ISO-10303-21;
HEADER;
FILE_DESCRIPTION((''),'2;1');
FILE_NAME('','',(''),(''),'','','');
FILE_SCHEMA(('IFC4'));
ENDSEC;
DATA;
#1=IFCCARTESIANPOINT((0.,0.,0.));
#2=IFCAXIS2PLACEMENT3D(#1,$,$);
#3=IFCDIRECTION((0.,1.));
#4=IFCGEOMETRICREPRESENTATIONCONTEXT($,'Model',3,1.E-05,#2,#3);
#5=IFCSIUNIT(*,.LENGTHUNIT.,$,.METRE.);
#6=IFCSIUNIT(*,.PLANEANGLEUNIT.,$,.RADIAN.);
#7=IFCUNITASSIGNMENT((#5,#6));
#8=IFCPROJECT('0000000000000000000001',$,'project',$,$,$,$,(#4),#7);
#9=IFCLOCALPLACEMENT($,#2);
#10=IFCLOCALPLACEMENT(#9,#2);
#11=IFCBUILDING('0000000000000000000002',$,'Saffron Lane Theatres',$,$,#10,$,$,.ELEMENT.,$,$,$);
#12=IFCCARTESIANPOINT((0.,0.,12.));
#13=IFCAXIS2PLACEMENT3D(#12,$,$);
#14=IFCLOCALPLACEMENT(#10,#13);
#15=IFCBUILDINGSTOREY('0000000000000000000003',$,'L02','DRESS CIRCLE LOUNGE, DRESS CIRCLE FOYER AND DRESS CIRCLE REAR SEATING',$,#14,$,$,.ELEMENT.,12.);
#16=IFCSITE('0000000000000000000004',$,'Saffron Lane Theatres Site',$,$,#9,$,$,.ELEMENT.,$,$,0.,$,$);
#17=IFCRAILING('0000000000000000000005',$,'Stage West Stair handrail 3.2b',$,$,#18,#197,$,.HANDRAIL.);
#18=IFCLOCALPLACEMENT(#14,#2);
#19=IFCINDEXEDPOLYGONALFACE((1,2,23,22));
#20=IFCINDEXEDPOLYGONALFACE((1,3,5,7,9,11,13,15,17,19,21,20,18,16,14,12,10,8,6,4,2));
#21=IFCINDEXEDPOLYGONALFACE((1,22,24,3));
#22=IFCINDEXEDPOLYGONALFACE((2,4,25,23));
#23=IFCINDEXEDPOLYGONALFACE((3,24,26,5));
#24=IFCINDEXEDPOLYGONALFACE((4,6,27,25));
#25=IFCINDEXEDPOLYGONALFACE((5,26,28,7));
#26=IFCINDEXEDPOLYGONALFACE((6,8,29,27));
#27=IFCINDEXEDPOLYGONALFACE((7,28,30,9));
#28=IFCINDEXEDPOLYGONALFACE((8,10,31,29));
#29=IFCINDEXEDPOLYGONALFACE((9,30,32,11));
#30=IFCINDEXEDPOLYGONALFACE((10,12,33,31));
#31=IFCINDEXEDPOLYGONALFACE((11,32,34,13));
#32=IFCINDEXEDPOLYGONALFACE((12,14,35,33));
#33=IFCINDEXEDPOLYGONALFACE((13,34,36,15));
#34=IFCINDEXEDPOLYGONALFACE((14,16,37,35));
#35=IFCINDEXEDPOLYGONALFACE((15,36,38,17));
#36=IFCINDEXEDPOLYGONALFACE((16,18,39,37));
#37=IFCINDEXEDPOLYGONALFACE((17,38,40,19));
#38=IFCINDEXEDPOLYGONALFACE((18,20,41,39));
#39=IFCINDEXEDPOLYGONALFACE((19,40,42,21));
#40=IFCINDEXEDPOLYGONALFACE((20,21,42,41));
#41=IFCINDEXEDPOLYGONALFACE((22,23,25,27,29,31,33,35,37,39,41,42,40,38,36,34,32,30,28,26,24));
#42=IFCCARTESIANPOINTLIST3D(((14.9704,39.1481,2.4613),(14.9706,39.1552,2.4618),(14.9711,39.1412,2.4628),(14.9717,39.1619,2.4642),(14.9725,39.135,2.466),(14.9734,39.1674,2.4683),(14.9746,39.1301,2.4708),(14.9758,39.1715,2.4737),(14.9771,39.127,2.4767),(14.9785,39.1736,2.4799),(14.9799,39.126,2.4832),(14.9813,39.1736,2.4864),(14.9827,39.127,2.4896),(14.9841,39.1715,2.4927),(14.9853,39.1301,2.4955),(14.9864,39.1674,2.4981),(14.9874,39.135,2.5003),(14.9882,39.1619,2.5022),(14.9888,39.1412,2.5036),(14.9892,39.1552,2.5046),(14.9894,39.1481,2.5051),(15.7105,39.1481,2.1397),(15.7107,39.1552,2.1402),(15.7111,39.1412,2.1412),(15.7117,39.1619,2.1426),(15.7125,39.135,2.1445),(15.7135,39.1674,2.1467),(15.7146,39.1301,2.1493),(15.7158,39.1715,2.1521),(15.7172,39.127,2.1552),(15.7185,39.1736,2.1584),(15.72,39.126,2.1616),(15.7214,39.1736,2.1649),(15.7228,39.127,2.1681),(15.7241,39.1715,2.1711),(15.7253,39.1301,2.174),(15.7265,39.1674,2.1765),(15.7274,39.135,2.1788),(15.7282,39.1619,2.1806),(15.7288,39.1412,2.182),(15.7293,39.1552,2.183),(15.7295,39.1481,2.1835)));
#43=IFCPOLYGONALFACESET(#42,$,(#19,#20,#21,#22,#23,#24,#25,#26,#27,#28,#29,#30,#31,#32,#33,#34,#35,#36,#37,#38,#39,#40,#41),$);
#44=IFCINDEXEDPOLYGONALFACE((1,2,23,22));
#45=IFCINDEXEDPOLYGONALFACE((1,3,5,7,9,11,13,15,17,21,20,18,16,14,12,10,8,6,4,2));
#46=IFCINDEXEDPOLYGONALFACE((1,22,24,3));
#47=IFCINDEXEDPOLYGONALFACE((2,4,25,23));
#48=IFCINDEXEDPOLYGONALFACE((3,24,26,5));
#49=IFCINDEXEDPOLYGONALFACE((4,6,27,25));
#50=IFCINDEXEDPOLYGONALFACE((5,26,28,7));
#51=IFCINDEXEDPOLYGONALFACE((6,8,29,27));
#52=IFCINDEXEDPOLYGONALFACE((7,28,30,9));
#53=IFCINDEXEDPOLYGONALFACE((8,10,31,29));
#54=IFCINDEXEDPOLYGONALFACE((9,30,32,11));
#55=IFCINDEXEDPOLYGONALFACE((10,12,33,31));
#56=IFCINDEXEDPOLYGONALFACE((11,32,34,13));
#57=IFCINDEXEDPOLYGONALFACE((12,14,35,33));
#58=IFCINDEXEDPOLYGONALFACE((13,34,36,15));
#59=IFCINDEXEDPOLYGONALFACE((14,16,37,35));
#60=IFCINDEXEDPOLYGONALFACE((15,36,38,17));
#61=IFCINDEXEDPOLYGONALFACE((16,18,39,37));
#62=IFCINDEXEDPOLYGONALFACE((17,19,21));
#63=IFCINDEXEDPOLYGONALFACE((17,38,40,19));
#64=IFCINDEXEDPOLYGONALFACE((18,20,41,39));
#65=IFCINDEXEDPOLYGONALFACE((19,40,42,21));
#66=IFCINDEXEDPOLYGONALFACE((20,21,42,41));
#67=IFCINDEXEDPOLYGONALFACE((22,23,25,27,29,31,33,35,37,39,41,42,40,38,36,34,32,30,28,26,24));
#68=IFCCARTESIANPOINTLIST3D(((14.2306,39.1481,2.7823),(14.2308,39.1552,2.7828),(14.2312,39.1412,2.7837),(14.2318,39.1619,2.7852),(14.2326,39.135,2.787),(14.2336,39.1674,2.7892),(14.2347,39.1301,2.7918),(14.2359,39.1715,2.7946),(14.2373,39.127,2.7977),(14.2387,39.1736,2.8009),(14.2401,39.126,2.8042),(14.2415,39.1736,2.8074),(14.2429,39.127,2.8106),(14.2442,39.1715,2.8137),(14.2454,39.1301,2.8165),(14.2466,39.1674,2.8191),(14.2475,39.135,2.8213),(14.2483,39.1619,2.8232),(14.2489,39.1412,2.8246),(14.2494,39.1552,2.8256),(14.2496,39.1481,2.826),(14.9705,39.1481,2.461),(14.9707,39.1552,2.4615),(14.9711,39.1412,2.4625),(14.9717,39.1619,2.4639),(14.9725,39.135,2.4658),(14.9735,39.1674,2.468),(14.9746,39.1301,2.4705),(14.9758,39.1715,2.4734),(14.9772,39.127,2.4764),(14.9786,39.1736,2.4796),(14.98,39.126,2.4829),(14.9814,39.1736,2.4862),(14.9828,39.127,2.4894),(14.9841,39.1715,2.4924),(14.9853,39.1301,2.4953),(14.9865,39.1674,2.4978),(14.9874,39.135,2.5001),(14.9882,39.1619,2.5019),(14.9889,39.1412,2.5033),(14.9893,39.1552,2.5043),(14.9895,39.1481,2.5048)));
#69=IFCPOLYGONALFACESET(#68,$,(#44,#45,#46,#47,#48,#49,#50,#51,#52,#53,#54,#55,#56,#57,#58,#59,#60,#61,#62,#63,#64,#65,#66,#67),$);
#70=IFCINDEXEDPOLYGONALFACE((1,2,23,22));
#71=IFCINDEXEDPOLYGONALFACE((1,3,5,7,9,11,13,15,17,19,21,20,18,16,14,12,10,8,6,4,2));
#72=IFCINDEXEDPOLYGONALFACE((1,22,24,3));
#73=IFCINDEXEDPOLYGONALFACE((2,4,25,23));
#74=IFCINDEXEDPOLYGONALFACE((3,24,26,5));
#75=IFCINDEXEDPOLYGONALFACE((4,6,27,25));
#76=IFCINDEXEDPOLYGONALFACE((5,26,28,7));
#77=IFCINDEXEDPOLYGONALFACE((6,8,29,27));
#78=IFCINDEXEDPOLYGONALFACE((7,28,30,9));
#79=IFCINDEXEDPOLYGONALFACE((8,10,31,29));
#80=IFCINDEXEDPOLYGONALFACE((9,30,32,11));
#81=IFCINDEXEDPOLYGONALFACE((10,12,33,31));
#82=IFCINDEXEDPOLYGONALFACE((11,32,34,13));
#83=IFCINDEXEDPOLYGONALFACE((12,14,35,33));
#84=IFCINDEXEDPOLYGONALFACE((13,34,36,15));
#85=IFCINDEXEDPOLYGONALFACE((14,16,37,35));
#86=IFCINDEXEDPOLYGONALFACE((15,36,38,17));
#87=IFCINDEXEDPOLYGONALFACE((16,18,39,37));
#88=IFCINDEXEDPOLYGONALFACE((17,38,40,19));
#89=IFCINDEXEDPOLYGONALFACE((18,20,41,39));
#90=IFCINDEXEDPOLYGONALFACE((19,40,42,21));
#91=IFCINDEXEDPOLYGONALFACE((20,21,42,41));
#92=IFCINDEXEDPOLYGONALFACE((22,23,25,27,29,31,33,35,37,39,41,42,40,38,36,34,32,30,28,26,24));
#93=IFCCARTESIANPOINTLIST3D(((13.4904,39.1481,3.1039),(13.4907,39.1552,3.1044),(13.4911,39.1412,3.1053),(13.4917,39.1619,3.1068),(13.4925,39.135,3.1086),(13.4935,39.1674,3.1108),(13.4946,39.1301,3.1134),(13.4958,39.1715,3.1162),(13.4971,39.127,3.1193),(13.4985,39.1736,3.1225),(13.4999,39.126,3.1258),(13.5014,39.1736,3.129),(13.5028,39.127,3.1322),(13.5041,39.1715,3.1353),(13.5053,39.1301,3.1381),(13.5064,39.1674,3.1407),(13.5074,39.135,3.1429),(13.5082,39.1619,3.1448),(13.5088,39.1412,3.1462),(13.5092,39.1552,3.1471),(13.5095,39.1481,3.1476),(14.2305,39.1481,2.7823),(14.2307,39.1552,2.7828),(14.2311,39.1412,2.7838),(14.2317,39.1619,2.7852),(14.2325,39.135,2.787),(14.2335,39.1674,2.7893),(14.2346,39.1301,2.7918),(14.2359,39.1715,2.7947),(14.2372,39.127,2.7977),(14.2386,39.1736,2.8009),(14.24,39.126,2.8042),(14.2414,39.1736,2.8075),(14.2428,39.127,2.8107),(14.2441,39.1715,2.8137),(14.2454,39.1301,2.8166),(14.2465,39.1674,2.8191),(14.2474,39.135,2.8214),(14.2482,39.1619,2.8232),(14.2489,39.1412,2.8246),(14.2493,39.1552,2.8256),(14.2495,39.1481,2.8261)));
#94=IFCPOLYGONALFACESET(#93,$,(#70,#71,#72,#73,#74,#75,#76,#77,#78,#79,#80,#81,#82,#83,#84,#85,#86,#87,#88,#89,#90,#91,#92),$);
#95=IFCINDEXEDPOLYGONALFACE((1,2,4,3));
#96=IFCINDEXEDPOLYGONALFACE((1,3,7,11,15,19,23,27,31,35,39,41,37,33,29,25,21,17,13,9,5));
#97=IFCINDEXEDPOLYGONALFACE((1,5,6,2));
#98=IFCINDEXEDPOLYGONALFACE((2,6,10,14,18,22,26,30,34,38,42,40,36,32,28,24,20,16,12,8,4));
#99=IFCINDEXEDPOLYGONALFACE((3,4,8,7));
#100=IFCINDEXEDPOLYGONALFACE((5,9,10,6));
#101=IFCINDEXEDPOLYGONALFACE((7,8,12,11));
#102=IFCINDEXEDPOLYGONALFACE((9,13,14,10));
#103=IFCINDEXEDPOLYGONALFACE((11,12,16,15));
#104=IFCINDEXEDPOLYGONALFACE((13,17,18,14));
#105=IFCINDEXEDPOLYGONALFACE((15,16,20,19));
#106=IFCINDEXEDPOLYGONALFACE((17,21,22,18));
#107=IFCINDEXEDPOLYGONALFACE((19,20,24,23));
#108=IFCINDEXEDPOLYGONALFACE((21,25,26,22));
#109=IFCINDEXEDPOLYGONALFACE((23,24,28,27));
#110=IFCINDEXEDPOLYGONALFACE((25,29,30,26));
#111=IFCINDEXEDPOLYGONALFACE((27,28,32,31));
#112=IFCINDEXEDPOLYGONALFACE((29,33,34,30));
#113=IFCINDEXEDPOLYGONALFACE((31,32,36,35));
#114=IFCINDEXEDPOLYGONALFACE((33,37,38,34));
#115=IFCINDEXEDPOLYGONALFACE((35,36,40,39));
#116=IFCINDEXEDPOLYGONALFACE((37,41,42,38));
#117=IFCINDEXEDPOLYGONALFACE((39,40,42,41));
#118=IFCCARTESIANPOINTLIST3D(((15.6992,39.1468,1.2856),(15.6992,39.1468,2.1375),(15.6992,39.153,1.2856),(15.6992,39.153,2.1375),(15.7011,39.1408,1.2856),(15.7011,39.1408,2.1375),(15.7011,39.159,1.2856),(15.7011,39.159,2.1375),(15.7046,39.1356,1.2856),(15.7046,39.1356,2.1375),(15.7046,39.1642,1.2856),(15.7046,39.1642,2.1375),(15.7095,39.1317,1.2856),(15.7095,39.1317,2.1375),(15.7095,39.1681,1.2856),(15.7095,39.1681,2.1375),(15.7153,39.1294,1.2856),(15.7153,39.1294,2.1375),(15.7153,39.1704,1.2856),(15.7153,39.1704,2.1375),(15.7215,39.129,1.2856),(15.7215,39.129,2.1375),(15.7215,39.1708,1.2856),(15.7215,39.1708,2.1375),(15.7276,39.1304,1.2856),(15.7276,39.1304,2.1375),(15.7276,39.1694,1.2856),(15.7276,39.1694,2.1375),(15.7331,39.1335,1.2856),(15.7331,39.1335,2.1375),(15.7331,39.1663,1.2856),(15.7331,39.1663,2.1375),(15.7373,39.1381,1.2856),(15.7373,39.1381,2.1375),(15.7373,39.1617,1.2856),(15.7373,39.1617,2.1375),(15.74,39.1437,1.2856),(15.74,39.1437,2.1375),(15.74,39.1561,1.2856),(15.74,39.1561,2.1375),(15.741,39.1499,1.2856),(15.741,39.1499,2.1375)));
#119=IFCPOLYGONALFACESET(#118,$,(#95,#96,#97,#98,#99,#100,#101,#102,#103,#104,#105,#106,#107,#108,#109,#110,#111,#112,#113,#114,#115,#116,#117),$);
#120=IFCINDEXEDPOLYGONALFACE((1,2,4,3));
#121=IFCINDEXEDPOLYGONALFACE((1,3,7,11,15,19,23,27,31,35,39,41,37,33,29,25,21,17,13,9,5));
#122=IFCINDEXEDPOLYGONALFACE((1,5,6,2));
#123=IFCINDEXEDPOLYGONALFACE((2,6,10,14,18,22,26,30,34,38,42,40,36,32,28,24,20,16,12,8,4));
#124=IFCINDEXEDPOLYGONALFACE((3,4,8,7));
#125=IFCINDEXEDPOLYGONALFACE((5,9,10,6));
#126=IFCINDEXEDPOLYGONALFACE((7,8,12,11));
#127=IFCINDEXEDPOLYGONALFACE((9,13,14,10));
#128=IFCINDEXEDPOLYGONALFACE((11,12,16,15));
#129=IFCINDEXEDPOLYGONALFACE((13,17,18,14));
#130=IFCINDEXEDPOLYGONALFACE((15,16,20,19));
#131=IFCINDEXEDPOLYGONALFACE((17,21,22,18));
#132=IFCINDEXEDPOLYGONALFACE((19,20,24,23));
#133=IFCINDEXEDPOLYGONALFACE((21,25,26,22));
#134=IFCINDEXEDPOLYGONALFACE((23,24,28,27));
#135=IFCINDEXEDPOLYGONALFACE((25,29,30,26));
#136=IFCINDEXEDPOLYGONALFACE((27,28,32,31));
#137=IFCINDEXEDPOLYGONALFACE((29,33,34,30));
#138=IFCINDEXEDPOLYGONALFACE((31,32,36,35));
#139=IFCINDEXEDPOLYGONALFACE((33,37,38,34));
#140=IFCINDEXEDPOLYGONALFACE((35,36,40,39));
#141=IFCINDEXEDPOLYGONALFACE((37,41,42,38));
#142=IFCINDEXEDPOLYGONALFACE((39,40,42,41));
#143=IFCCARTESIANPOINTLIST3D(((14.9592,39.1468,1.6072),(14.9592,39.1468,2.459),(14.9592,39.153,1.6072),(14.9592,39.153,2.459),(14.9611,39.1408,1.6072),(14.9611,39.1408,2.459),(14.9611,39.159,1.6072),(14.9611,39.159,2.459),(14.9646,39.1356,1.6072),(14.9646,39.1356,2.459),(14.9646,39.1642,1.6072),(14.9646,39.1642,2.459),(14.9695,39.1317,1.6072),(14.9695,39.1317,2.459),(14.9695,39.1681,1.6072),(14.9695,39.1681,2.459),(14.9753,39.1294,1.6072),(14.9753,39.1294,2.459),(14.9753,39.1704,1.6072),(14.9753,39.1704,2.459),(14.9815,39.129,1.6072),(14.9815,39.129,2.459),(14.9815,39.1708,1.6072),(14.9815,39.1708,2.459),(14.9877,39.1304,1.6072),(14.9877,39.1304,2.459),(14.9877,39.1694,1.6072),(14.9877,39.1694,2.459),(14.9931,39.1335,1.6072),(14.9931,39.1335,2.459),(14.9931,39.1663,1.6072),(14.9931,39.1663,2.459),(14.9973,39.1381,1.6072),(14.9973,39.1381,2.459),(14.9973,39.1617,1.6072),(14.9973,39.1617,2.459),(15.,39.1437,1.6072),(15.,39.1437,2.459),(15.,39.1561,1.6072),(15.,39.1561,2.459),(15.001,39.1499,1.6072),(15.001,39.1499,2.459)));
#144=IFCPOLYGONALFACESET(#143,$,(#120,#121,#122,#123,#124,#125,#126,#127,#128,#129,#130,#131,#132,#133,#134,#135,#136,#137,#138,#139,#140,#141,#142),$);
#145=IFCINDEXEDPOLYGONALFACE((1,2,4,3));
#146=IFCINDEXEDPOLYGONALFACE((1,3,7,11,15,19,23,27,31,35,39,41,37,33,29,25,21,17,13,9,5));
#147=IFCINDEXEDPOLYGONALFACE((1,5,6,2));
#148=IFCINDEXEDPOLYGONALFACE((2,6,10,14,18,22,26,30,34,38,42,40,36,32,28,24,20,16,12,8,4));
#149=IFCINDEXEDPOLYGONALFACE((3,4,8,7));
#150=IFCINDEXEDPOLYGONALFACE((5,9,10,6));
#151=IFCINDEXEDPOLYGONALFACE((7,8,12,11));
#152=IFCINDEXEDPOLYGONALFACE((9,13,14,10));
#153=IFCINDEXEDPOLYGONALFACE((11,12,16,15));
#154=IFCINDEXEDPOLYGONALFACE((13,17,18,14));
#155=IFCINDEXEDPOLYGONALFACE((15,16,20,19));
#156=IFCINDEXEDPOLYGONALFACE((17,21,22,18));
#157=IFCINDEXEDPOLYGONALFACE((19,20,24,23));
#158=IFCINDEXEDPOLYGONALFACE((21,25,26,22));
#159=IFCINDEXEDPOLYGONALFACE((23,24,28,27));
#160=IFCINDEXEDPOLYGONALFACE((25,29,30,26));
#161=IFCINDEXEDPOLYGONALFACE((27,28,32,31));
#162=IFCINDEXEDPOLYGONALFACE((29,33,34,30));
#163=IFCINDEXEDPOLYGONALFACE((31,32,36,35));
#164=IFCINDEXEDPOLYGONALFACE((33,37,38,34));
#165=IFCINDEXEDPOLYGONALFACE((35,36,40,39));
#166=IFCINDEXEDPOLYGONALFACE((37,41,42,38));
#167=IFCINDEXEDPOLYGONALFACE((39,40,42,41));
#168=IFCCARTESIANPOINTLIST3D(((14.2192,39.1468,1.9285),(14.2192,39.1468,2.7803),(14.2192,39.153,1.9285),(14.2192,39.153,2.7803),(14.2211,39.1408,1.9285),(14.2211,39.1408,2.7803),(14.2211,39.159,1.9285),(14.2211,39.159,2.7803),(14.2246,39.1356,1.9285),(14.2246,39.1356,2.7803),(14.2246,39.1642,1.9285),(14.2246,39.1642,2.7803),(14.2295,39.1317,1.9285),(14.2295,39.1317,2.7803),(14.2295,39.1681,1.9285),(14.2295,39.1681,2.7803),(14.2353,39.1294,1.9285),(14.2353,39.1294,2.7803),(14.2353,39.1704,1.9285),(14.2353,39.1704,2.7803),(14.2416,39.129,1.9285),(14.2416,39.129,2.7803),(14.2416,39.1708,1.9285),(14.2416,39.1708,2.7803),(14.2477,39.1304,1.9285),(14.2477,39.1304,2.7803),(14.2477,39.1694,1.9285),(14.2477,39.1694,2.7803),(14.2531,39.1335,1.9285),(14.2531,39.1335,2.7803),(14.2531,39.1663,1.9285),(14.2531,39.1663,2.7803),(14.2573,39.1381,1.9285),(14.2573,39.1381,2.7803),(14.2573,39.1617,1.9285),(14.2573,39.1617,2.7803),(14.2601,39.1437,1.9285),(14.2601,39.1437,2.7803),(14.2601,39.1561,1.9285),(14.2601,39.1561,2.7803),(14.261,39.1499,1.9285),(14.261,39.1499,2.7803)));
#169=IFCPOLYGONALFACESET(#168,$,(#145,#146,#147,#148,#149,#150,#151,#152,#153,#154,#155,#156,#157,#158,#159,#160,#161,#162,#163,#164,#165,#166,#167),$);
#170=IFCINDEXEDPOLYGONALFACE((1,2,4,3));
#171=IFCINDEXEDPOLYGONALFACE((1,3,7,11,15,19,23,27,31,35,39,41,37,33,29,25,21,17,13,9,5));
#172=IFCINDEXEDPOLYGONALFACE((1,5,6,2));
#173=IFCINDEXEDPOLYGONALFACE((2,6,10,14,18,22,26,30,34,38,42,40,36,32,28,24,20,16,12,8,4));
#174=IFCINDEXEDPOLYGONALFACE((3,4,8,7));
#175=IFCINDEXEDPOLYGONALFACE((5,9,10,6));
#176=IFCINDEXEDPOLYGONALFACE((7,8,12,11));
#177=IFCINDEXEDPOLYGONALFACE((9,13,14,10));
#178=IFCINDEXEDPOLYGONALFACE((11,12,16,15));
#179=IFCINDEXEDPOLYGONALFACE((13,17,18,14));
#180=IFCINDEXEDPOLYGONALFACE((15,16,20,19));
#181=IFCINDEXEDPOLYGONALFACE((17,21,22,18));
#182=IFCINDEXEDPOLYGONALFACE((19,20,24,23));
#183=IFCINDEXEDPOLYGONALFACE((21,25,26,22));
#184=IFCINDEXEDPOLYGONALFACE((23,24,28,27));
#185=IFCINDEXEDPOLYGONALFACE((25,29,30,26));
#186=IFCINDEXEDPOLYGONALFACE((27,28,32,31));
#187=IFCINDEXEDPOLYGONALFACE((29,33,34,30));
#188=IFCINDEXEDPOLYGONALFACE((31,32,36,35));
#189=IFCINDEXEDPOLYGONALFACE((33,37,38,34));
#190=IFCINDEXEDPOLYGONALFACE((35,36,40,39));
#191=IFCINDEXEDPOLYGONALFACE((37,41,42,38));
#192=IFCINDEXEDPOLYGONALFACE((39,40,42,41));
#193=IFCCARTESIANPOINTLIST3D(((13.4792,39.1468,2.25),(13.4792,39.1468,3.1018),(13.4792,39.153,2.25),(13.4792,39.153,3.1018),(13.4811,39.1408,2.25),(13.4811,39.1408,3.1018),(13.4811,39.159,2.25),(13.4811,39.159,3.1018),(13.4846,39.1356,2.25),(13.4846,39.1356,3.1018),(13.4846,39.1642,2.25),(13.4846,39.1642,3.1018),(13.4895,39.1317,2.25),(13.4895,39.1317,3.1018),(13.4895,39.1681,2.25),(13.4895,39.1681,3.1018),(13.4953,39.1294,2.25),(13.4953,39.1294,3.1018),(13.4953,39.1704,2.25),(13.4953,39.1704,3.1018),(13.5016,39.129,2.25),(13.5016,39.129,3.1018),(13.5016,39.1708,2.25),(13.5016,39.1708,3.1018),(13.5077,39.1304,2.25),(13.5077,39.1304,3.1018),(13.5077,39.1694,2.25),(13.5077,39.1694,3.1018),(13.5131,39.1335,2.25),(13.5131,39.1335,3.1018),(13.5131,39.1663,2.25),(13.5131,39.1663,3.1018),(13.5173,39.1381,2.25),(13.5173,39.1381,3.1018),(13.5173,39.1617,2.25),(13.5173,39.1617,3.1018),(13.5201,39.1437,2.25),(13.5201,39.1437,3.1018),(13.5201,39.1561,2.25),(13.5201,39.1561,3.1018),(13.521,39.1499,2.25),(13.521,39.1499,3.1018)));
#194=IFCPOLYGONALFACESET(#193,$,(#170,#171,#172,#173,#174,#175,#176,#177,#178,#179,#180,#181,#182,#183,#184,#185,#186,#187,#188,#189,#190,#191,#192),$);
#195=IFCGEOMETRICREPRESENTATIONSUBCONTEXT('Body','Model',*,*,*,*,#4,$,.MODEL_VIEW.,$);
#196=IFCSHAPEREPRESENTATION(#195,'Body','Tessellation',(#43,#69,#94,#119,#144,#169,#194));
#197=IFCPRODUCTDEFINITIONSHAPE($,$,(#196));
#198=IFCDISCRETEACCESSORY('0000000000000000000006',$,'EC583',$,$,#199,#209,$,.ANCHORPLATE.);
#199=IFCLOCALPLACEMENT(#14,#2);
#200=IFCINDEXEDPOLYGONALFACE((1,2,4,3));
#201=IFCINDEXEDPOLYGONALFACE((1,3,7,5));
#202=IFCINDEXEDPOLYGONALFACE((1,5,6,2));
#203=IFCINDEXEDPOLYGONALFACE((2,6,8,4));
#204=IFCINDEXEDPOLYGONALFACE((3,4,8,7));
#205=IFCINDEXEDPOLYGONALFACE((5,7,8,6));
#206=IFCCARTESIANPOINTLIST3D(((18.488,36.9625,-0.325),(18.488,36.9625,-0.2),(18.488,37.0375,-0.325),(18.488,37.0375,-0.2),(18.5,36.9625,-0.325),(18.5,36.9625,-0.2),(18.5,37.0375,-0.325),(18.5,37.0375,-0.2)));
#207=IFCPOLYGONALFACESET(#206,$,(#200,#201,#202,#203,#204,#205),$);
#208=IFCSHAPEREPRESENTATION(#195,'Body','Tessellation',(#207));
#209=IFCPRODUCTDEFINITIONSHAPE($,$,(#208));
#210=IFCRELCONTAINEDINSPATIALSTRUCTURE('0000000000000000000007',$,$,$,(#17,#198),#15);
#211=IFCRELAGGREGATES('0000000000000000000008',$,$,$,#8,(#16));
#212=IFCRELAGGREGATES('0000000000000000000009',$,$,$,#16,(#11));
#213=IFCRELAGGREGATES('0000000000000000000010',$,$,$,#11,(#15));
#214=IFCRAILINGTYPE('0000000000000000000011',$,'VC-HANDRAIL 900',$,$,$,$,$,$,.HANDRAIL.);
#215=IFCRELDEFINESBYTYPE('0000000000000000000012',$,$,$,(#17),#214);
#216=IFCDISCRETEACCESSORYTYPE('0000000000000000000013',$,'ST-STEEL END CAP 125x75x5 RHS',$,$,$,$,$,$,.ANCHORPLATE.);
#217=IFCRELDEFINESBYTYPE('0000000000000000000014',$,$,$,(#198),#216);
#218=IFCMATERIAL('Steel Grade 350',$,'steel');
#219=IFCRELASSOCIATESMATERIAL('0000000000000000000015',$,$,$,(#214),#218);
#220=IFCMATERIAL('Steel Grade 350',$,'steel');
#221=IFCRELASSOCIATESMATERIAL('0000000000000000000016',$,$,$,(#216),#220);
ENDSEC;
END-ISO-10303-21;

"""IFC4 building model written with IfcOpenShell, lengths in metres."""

from ifc_helpers import new_model, si_unit, direction, frame, origin, origin_2d, place, context, subcontext, project, spatial, rectangle, circle, extrude, material, material_profile, profile_set, type_object, element, save


model = new_model("IFC4")

# Units and contexts
model_context = context("Model", 3, precision=1e-05, world=origin(), true_north=direction((0.0, 1.0)))
body_context = subcontext(model_context, "Body", "Model", "MODEL_VIEW")
ifc_project = project(units=[si_unit("LENGTHUNIT", "METRE"), si_unit("PLANEANGLEUNIT", "RADIAN")], contexts=[model_context])

# Site, building, storey
site_placement = place(None, origin())
site = spatial("IfcSite", under=ifc_project, at=site_placement, Name="Saffron Lane Theatres Site", CompositionType="ELEMENT", RefElevation=0.0)
building_placement = place(site_placement, origin())
building = spatial("IfcBuilding", under=site, at=building_placement, Name="Saffron Lane Theatres", CompositionType="ELEMENT")
storey_placement = place(building_placement, frame((0.0, 0.0, 12.0)))
storey = spatial("IfcBuildingStorey", under=building, at=storey_placement, Name="L02", Description="DRESS CIRCLE LOUNGE, DRESS CIRCLE FOYER AND DRESS CIRCLE REAR SEATING", CompositionType="ELEMENT", Elevation=12.0)

# Railing
ifc_material_1 = material(Name="Steel Grade 350", Category="steel")
railing_type_1 = type_object("IfcRailingType", Name="VC-HANDRAIL 900", PredefinedType="HANDRAIL", material=ifc_material_1)
for number, where, name in (
    (1, (15.72, 39.1499, 1.2856), "Stage West Stair handrail 3.2b"),
):
    element("IfcRailing", number, at=place(storey_placement, frame(where)), inside=storey, type_object=railing_type_1, Name=name, PredefinedType="HANDRAIL", context=body_context, shape_type="SweptSolid", body=[
        extrude(circle(Radius=0.0239, at=origin_2d()), frame((0.0, 0.0, 0.876), z_axis=(-0.917161, 0.0, 0.398516), x_axis=(0.0, -1.0, 0.0)), (0.0, 0.0, 1.0), 0.8069),
        extrude(circle(Radius=0.0239, at=origin_2d()), frame((-0.74, 0.0, 1.1973), z_axis=(-0.917272, 0.0, 0.398261), x_axis=(0.0, -1.0, 0.0)), (0.0, 0.0, 1.0), 0.8066),
        extrude(circle(Radius=0.0239, at=origin_2d()), frame((-1.48, 0.0, 1.5186), z_axis=(-0.917161, 0.0, 0.398516), x_axis=(0.0, -1.0, 0.0)), (0.0, 0.0, 1.0), 0.8069),
        extrude(circle(Radius=0.021, at=origin_2d()), origin(), (0.0, 0.0, 1.0), 0.8518),
        extrude(circle(Radius=0.021, at=origin_2d()), frame((-0.74, 0.0, 0.3215)), (0.0, 0.0, 1.0), 0.8518),
        extrude(circle(Radius=0.021, at=origin_2d()), frame((-1.48, 0.0, 0.6428)), (0.0, 0.0, 1.0), 0.8518),
        extrude(circle(Radius=0.021, at=origin_2d()), frame((-2.22, 0.0, 0.9644)), (0.0, 0.0, 1.0), 0.8518),
    ])

# Discrete accessory
ifc_material_2 = material(Name="Steel Grade 350", Category="steel")
ifc_material_profile_1 = material_profile(ifc_material_2, rectangle(XDim=0.075, YDim=0.125, at=origin_2d()))
ifc_profile_set_1 = profile_set([ifc_material_profile_1], Name="Steel Grade 350")
discrete_accessory_type = type_object("IfcDiscreteAccessoryType", Name="ST-STEEL END CAP 125x75x5 RHS", PredefinedType="ANCHORPLATE", material=ifc_profile_set_1)
for number, where, z_axis, x_axis, name in (
    (2, (18.488, 37.0, -0.2625), (1.0, 0.0, 0.0), (0.0, 1.0, 0.0), "EC583"),
):
    element("IfcDiscreteAccessory", number, at=place(storey_placement, frame(where, z_axis=z_axis, x_axis=x_axis)), inside=storey, type_object=discrete_accessory_type, Name=name, PredefinedType="ANCHORPLATE", context=body_context, shape_type="SweptSolid", body=[
        extrude(rectangle(XDim=0.075, YDim=0.125, at=origin_2d()), origin(), (0.0, 0.0, 1.0), 0.012),
    ])

save(model, "model.ifc")
